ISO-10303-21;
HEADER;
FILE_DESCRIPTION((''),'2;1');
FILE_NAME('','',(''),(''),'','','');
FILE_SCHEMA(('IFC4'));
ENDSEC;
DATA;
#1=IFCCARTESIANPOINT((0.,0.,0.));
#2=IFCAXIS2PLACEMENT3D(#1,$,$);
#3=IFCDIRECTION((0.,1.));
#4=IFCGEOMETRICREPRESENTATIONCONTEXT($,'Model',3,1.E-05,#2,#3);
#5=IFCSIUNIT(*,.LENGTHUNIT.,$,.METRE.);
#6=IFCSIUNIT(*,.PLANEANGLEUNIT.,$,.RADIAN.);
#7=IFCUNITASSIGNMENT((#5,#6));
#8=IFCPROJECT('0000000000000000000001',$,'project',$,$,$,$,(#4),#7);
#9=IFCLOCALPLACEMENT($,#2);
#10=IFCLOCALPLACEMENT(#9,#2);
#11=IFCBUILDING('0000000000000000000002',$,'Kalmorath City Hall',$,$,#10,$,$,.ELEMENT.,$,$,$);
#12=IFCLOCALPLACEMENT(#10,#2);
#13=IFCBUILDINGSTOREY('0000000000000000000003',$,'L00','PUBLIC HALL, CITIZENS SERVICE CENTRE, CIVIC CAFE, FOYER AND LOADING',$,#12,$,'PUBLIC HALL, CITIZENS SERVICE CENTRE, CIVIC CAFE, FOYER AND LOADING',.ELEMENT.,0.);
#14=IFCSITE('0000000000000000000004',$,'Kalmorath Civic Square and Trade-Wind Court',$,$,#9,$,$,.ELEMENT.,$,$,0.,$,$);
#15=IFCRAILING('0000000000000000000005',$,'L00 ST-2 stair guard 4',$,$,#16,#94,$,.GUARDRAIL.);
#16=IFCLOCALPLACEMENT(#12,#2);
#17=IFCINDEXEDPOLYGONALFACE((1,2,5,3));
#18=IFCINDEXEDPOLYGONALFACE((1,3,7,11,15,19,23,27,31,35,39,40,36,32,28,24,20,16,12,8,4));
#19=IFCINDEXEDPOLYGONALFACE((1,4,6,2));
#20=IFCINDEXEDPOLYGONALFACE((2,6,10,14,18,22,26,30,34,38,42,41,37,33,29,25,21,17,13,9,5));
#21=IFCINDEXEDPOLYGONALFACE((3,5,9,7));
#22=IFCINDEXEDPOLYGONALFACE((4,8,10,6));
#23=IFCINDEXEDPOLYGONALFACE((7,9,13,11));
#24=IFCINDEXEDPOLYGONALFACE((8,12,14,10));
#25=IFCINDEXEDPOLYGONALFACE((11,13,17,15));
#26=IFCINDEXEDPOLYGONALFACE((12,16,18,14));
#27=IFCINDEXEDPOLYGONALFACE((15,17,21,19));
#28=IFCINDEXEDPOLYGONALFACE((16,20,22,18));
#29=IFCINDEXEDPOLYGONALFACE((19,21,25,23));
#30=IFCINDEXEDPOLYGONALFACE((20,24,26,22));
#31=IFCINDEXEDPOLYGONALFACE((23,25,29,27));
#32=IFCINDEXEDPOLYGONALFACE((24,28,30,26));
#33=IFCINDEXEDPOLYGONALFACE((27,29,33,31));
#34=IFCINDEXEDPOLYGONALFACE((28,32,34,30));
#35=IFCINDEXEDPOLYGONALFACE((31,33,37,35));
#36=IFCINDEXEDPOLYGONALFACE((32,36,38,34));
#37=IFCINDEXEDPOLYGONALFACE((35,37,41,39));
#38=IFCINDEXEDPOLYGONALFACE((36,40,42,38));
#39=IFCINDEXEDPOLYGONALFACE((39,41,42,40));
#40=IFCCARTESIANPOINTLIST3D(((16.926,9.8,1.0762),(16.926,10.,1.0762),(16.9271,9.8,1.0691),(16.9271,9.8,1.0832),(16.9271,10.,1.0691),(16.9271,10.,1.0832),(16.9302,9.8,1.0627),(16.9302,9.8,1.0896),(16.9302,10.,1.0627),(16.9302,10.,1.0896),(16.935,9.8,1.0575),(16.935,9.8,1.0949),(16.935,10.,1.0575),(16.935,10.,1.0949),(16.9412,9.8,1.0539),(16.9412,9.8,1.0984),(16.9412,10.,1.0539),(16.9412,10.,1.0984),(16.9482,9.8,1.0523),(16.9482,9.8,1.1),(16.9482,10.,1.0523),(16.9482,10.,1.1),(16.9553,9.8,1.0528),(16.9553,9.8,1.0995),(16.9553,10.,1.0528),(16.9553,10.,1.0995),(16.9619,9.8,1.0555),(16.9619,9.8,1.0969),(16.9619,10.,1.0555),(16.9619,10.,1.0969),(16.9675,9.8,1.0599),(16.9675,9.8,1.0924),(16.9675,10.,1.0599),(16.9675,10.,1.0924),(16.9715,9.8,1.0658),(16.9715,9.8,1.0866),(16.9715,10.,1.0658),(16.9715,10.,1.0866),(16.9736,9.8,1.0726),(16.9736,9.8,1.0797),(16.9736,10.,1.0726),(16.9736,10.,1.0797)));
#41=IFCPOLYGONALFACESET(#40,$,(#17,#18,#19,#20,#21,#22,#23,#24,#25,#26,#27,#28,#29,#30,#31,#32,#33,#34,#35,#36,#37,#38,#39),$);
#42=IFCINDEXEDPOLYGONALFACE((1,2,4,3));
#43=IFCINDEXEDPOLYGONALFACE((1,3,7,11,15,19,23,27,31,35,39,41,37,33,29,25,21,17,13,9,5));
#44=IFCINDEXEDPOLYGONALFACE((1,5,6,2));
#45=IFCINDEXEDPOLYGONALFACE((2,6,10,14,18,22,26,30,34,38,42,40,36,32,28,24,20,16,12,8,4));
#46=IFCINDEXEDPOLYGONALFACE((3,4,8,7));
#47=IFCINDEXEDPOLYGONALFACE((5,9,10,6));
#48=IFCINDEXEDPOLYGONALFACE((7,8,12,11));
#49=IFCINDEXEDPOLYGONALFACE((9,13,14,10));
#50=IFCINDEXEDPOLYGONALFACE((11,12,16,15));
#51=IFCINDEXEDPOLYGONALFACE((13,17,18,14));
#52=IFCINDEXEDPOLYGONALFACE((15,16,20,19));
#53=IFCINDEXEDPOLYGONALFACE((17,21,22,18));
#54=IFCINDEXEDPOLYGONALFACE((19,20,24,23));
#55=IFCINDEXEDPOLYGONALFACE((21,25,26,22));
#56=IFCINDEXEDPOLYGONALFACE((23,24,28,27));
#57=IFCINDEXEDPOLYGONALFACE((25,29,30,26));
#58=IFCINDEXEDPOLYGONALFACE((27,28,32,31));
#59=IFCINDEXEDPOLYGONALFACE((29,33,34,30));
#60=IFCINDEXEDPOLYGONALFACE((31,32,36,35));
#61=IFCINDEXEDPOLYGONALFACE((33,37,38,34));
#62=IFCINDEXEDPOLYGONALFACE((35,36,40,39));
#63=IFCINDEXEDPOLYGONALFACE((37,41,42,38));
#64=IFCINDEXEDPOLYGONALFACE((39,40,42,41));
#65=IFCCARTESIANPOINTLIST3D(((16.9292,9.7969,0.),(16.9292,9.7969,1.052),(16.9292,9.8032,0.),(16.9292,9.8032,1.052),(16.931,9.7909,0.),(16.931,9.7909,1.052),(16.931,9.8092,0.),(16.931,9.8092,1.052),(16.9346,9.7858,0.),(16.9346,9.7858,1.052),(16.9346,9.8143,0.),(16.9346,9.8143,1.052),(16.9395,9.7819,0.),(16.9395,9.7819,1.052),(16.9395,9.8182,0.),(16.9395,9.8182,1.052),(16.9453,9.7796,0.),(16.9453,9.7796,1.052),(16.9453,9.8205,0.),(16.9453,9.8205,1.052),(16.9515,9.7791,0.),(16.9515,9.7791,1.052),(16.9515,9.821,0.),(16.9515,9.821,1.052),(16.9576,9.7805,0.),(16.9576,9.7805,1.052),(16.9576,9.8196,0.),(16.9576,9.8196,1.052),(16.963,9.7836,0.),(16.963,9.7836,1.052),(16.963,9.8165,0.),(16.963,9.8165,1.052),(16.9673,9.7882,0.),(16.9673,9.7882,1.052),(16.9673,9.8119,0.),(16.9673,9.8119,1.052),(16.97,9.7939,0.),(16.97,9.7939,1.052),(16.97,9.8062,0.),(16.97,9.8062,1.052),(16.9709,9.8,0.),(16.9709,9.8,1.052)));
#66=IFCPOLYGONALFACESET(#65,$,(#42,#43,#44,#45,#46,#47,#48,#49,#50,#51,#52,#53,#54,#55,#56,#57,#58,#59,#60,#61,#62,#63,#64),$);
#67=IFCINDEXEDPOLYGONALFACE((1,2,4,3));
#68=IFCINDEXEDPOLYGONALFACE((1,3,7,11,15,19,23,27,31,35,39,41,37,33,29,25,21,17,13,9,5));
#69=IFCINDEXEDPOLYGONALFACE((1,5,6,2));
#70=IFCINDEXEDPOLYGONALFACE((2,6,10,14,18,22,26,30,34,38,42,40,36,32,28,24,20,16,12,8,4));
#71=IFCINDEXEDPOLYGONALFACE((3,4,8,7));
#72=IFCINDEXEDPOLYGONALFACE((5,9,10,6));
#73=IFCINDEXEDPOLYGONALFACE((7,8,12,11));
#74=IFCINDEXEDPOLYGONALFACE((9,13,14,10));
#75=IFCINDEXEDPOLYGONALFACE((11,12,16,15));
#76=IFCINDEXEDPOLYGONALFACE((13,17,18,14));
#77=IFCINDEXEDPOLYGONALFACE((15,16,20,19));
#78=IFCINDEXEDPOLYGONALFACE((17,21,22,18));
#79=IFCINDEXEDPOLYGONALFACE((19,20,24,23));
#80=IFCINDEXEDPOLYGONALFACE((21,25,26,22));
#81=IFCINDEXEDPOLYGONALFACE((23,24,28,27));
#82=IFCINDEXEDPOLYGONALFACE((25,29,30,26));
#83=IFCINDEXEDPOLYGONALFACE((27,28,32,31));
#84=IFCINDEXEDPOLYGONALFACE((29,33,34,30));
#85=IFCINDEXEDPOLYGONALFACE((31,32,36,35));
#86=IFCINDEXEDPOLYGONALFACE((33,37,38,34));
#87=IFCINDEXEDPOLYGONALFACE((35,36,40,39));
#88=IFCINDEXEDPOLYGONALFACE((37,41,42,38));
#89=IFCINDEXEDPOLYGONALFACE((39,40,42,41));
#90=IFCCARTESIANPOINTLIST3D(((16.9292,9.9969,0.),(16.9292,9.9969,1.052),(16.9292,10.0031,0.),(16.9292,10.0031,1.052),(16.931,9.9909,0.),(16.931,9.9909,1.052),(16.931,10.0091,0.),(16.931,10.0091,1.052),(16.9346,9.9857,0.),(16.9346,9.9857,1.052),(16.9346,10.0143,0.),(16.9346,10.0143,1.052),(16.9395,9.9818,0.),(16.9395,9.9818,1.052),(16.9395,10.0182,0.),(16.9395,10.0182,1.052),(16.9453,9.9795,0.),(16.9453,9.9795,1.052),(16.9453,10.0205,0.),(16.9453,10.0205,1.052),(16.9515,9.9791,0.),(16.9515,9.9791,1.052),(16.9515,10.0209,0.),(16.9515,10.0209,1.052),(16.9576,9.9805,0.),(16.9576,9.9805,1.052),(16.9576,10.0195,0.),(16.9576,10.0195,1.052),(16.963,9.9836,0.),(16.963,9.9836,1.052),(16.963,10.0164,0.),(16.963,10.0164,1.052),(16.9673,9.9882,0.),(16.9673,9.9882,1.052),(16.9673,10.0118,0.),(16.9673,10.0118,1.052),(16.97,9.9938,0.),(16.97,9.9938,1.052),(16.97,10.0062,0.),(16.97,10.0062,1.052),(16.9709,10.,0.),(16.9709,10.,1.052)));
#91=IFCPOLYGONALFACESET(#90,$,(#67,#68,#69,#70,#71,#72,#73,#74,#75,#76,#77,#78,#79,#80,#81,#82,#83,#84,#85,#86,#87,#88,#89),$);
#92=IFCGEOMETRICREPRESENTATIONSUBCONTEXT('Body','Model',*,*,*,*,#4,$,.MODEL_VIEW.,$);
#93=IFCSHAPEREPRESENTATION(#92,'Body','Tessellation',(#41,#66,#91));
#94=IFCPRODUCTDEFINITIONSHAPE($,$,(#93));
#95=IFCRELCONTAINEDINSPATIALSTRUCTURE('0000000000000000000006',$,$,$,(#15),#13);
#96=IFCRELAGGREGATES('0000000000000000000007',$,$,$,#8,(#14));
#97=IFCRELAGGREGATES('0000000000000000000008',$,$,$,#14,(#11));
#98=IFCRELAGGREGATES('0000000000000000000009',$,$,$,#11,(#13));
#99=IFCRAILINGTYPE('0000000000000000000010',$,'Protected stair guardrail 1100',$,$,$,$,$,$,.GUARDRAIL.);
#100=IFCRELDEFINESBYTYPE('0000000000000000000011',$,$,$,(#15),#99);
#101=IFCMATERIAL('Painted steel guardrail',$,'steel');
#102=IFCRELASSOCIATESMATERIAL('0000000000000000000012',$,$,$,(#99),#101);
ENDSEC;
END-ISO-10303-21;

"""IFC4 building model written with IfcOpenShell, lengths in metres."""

from ifc_helpers import new_model, si_unit, direction, frame, origin, origin_2d, place, context, subcontext, project, spatial, circle, extrude, material, type_object, element, save


model = new_model("IFC4")

# Units and contexts
model_context = context("Model", 3, precision=1e-05, world=origin(), true_north=direction((0.0, 1.0)))
body_context = subcontext(model_context, "Body", "Model", "MODEL_VIEW")
ifc_project = project(units=[si_unit("LENGTHUNIT", "METRE"), si_unit("PLANEANGLEUNIT", "RADIAN")], contexts=[model_context])

# Site, building, storey
site_placement = place(None, origin())
site = spatial("IfcSite", under=ifc_project, at=site_placement, Name="Kalmorath Civic Square and Trade-Wind Court", CompositionType="ELEMENT", RefElevation=0.0)
building_placement = place(site_placement, origin())
building = spatial("IfcBuilding", under=site, at=building_placement, Name="Kalmorath City Hall", CompositionType="ELEMENT")
storey_placement = place(building_placement, origin())
storey = spatial("IfcBuildingStorey", under=building, at=storey_placement, Name="L00", Description="PUBLIC HALL, CITIZENS SERVICE CENTRE, CIVIC CAFE, FOYER AND LOADING", LongName="PUBLIC HALL, CITIZENS SERVICE CENTRE, CIVIC CAFE, FOYER AND LOADING", CompositionType="ELEMENT", Elevation=0.0)

# Railing
ifc_material_1 = material(Name="Painted steel guardrail", Category="steel")
railing_type_1 = type_object("IfcRailingType", Name="Protected stair guardrail 1100", PredefinedType="GUARDRAIL", material=ifc_material_1)
railing_1_placement = place(storey_placement, frame((16.95, 9.8, 0.0)))
element("IfcRailing", 1, at=railing_1_placement, inside=storey, type_object=railing_type_1, Name="L00 ST-2 stair guard 4", PredefinedType="GUARDRAIL", context=body_context, shape_type="SweptSolid", body=[
    extrude(circle(Radius=0.0239, at=origin_2d()), frame((0.0, 0.0, 1.0762), z_axis=(0.0, 1.0, 0.0), x_axis=(-1.0, 0.0, 0.0)), (0.0, 0.0, 1.0), 0.2),
    extrude(circle(Radius=0.021, at=origin_2d()), origin(), (0.0, 0.0, 1.0), 1.052),
    extrude(circle(Radius=0.021, at=origin_2d()), frame((0.0, 0.2, 0.0)), (0.0, 0.0, 1.0), 1.052),
])

save(model, "model.ifc")
